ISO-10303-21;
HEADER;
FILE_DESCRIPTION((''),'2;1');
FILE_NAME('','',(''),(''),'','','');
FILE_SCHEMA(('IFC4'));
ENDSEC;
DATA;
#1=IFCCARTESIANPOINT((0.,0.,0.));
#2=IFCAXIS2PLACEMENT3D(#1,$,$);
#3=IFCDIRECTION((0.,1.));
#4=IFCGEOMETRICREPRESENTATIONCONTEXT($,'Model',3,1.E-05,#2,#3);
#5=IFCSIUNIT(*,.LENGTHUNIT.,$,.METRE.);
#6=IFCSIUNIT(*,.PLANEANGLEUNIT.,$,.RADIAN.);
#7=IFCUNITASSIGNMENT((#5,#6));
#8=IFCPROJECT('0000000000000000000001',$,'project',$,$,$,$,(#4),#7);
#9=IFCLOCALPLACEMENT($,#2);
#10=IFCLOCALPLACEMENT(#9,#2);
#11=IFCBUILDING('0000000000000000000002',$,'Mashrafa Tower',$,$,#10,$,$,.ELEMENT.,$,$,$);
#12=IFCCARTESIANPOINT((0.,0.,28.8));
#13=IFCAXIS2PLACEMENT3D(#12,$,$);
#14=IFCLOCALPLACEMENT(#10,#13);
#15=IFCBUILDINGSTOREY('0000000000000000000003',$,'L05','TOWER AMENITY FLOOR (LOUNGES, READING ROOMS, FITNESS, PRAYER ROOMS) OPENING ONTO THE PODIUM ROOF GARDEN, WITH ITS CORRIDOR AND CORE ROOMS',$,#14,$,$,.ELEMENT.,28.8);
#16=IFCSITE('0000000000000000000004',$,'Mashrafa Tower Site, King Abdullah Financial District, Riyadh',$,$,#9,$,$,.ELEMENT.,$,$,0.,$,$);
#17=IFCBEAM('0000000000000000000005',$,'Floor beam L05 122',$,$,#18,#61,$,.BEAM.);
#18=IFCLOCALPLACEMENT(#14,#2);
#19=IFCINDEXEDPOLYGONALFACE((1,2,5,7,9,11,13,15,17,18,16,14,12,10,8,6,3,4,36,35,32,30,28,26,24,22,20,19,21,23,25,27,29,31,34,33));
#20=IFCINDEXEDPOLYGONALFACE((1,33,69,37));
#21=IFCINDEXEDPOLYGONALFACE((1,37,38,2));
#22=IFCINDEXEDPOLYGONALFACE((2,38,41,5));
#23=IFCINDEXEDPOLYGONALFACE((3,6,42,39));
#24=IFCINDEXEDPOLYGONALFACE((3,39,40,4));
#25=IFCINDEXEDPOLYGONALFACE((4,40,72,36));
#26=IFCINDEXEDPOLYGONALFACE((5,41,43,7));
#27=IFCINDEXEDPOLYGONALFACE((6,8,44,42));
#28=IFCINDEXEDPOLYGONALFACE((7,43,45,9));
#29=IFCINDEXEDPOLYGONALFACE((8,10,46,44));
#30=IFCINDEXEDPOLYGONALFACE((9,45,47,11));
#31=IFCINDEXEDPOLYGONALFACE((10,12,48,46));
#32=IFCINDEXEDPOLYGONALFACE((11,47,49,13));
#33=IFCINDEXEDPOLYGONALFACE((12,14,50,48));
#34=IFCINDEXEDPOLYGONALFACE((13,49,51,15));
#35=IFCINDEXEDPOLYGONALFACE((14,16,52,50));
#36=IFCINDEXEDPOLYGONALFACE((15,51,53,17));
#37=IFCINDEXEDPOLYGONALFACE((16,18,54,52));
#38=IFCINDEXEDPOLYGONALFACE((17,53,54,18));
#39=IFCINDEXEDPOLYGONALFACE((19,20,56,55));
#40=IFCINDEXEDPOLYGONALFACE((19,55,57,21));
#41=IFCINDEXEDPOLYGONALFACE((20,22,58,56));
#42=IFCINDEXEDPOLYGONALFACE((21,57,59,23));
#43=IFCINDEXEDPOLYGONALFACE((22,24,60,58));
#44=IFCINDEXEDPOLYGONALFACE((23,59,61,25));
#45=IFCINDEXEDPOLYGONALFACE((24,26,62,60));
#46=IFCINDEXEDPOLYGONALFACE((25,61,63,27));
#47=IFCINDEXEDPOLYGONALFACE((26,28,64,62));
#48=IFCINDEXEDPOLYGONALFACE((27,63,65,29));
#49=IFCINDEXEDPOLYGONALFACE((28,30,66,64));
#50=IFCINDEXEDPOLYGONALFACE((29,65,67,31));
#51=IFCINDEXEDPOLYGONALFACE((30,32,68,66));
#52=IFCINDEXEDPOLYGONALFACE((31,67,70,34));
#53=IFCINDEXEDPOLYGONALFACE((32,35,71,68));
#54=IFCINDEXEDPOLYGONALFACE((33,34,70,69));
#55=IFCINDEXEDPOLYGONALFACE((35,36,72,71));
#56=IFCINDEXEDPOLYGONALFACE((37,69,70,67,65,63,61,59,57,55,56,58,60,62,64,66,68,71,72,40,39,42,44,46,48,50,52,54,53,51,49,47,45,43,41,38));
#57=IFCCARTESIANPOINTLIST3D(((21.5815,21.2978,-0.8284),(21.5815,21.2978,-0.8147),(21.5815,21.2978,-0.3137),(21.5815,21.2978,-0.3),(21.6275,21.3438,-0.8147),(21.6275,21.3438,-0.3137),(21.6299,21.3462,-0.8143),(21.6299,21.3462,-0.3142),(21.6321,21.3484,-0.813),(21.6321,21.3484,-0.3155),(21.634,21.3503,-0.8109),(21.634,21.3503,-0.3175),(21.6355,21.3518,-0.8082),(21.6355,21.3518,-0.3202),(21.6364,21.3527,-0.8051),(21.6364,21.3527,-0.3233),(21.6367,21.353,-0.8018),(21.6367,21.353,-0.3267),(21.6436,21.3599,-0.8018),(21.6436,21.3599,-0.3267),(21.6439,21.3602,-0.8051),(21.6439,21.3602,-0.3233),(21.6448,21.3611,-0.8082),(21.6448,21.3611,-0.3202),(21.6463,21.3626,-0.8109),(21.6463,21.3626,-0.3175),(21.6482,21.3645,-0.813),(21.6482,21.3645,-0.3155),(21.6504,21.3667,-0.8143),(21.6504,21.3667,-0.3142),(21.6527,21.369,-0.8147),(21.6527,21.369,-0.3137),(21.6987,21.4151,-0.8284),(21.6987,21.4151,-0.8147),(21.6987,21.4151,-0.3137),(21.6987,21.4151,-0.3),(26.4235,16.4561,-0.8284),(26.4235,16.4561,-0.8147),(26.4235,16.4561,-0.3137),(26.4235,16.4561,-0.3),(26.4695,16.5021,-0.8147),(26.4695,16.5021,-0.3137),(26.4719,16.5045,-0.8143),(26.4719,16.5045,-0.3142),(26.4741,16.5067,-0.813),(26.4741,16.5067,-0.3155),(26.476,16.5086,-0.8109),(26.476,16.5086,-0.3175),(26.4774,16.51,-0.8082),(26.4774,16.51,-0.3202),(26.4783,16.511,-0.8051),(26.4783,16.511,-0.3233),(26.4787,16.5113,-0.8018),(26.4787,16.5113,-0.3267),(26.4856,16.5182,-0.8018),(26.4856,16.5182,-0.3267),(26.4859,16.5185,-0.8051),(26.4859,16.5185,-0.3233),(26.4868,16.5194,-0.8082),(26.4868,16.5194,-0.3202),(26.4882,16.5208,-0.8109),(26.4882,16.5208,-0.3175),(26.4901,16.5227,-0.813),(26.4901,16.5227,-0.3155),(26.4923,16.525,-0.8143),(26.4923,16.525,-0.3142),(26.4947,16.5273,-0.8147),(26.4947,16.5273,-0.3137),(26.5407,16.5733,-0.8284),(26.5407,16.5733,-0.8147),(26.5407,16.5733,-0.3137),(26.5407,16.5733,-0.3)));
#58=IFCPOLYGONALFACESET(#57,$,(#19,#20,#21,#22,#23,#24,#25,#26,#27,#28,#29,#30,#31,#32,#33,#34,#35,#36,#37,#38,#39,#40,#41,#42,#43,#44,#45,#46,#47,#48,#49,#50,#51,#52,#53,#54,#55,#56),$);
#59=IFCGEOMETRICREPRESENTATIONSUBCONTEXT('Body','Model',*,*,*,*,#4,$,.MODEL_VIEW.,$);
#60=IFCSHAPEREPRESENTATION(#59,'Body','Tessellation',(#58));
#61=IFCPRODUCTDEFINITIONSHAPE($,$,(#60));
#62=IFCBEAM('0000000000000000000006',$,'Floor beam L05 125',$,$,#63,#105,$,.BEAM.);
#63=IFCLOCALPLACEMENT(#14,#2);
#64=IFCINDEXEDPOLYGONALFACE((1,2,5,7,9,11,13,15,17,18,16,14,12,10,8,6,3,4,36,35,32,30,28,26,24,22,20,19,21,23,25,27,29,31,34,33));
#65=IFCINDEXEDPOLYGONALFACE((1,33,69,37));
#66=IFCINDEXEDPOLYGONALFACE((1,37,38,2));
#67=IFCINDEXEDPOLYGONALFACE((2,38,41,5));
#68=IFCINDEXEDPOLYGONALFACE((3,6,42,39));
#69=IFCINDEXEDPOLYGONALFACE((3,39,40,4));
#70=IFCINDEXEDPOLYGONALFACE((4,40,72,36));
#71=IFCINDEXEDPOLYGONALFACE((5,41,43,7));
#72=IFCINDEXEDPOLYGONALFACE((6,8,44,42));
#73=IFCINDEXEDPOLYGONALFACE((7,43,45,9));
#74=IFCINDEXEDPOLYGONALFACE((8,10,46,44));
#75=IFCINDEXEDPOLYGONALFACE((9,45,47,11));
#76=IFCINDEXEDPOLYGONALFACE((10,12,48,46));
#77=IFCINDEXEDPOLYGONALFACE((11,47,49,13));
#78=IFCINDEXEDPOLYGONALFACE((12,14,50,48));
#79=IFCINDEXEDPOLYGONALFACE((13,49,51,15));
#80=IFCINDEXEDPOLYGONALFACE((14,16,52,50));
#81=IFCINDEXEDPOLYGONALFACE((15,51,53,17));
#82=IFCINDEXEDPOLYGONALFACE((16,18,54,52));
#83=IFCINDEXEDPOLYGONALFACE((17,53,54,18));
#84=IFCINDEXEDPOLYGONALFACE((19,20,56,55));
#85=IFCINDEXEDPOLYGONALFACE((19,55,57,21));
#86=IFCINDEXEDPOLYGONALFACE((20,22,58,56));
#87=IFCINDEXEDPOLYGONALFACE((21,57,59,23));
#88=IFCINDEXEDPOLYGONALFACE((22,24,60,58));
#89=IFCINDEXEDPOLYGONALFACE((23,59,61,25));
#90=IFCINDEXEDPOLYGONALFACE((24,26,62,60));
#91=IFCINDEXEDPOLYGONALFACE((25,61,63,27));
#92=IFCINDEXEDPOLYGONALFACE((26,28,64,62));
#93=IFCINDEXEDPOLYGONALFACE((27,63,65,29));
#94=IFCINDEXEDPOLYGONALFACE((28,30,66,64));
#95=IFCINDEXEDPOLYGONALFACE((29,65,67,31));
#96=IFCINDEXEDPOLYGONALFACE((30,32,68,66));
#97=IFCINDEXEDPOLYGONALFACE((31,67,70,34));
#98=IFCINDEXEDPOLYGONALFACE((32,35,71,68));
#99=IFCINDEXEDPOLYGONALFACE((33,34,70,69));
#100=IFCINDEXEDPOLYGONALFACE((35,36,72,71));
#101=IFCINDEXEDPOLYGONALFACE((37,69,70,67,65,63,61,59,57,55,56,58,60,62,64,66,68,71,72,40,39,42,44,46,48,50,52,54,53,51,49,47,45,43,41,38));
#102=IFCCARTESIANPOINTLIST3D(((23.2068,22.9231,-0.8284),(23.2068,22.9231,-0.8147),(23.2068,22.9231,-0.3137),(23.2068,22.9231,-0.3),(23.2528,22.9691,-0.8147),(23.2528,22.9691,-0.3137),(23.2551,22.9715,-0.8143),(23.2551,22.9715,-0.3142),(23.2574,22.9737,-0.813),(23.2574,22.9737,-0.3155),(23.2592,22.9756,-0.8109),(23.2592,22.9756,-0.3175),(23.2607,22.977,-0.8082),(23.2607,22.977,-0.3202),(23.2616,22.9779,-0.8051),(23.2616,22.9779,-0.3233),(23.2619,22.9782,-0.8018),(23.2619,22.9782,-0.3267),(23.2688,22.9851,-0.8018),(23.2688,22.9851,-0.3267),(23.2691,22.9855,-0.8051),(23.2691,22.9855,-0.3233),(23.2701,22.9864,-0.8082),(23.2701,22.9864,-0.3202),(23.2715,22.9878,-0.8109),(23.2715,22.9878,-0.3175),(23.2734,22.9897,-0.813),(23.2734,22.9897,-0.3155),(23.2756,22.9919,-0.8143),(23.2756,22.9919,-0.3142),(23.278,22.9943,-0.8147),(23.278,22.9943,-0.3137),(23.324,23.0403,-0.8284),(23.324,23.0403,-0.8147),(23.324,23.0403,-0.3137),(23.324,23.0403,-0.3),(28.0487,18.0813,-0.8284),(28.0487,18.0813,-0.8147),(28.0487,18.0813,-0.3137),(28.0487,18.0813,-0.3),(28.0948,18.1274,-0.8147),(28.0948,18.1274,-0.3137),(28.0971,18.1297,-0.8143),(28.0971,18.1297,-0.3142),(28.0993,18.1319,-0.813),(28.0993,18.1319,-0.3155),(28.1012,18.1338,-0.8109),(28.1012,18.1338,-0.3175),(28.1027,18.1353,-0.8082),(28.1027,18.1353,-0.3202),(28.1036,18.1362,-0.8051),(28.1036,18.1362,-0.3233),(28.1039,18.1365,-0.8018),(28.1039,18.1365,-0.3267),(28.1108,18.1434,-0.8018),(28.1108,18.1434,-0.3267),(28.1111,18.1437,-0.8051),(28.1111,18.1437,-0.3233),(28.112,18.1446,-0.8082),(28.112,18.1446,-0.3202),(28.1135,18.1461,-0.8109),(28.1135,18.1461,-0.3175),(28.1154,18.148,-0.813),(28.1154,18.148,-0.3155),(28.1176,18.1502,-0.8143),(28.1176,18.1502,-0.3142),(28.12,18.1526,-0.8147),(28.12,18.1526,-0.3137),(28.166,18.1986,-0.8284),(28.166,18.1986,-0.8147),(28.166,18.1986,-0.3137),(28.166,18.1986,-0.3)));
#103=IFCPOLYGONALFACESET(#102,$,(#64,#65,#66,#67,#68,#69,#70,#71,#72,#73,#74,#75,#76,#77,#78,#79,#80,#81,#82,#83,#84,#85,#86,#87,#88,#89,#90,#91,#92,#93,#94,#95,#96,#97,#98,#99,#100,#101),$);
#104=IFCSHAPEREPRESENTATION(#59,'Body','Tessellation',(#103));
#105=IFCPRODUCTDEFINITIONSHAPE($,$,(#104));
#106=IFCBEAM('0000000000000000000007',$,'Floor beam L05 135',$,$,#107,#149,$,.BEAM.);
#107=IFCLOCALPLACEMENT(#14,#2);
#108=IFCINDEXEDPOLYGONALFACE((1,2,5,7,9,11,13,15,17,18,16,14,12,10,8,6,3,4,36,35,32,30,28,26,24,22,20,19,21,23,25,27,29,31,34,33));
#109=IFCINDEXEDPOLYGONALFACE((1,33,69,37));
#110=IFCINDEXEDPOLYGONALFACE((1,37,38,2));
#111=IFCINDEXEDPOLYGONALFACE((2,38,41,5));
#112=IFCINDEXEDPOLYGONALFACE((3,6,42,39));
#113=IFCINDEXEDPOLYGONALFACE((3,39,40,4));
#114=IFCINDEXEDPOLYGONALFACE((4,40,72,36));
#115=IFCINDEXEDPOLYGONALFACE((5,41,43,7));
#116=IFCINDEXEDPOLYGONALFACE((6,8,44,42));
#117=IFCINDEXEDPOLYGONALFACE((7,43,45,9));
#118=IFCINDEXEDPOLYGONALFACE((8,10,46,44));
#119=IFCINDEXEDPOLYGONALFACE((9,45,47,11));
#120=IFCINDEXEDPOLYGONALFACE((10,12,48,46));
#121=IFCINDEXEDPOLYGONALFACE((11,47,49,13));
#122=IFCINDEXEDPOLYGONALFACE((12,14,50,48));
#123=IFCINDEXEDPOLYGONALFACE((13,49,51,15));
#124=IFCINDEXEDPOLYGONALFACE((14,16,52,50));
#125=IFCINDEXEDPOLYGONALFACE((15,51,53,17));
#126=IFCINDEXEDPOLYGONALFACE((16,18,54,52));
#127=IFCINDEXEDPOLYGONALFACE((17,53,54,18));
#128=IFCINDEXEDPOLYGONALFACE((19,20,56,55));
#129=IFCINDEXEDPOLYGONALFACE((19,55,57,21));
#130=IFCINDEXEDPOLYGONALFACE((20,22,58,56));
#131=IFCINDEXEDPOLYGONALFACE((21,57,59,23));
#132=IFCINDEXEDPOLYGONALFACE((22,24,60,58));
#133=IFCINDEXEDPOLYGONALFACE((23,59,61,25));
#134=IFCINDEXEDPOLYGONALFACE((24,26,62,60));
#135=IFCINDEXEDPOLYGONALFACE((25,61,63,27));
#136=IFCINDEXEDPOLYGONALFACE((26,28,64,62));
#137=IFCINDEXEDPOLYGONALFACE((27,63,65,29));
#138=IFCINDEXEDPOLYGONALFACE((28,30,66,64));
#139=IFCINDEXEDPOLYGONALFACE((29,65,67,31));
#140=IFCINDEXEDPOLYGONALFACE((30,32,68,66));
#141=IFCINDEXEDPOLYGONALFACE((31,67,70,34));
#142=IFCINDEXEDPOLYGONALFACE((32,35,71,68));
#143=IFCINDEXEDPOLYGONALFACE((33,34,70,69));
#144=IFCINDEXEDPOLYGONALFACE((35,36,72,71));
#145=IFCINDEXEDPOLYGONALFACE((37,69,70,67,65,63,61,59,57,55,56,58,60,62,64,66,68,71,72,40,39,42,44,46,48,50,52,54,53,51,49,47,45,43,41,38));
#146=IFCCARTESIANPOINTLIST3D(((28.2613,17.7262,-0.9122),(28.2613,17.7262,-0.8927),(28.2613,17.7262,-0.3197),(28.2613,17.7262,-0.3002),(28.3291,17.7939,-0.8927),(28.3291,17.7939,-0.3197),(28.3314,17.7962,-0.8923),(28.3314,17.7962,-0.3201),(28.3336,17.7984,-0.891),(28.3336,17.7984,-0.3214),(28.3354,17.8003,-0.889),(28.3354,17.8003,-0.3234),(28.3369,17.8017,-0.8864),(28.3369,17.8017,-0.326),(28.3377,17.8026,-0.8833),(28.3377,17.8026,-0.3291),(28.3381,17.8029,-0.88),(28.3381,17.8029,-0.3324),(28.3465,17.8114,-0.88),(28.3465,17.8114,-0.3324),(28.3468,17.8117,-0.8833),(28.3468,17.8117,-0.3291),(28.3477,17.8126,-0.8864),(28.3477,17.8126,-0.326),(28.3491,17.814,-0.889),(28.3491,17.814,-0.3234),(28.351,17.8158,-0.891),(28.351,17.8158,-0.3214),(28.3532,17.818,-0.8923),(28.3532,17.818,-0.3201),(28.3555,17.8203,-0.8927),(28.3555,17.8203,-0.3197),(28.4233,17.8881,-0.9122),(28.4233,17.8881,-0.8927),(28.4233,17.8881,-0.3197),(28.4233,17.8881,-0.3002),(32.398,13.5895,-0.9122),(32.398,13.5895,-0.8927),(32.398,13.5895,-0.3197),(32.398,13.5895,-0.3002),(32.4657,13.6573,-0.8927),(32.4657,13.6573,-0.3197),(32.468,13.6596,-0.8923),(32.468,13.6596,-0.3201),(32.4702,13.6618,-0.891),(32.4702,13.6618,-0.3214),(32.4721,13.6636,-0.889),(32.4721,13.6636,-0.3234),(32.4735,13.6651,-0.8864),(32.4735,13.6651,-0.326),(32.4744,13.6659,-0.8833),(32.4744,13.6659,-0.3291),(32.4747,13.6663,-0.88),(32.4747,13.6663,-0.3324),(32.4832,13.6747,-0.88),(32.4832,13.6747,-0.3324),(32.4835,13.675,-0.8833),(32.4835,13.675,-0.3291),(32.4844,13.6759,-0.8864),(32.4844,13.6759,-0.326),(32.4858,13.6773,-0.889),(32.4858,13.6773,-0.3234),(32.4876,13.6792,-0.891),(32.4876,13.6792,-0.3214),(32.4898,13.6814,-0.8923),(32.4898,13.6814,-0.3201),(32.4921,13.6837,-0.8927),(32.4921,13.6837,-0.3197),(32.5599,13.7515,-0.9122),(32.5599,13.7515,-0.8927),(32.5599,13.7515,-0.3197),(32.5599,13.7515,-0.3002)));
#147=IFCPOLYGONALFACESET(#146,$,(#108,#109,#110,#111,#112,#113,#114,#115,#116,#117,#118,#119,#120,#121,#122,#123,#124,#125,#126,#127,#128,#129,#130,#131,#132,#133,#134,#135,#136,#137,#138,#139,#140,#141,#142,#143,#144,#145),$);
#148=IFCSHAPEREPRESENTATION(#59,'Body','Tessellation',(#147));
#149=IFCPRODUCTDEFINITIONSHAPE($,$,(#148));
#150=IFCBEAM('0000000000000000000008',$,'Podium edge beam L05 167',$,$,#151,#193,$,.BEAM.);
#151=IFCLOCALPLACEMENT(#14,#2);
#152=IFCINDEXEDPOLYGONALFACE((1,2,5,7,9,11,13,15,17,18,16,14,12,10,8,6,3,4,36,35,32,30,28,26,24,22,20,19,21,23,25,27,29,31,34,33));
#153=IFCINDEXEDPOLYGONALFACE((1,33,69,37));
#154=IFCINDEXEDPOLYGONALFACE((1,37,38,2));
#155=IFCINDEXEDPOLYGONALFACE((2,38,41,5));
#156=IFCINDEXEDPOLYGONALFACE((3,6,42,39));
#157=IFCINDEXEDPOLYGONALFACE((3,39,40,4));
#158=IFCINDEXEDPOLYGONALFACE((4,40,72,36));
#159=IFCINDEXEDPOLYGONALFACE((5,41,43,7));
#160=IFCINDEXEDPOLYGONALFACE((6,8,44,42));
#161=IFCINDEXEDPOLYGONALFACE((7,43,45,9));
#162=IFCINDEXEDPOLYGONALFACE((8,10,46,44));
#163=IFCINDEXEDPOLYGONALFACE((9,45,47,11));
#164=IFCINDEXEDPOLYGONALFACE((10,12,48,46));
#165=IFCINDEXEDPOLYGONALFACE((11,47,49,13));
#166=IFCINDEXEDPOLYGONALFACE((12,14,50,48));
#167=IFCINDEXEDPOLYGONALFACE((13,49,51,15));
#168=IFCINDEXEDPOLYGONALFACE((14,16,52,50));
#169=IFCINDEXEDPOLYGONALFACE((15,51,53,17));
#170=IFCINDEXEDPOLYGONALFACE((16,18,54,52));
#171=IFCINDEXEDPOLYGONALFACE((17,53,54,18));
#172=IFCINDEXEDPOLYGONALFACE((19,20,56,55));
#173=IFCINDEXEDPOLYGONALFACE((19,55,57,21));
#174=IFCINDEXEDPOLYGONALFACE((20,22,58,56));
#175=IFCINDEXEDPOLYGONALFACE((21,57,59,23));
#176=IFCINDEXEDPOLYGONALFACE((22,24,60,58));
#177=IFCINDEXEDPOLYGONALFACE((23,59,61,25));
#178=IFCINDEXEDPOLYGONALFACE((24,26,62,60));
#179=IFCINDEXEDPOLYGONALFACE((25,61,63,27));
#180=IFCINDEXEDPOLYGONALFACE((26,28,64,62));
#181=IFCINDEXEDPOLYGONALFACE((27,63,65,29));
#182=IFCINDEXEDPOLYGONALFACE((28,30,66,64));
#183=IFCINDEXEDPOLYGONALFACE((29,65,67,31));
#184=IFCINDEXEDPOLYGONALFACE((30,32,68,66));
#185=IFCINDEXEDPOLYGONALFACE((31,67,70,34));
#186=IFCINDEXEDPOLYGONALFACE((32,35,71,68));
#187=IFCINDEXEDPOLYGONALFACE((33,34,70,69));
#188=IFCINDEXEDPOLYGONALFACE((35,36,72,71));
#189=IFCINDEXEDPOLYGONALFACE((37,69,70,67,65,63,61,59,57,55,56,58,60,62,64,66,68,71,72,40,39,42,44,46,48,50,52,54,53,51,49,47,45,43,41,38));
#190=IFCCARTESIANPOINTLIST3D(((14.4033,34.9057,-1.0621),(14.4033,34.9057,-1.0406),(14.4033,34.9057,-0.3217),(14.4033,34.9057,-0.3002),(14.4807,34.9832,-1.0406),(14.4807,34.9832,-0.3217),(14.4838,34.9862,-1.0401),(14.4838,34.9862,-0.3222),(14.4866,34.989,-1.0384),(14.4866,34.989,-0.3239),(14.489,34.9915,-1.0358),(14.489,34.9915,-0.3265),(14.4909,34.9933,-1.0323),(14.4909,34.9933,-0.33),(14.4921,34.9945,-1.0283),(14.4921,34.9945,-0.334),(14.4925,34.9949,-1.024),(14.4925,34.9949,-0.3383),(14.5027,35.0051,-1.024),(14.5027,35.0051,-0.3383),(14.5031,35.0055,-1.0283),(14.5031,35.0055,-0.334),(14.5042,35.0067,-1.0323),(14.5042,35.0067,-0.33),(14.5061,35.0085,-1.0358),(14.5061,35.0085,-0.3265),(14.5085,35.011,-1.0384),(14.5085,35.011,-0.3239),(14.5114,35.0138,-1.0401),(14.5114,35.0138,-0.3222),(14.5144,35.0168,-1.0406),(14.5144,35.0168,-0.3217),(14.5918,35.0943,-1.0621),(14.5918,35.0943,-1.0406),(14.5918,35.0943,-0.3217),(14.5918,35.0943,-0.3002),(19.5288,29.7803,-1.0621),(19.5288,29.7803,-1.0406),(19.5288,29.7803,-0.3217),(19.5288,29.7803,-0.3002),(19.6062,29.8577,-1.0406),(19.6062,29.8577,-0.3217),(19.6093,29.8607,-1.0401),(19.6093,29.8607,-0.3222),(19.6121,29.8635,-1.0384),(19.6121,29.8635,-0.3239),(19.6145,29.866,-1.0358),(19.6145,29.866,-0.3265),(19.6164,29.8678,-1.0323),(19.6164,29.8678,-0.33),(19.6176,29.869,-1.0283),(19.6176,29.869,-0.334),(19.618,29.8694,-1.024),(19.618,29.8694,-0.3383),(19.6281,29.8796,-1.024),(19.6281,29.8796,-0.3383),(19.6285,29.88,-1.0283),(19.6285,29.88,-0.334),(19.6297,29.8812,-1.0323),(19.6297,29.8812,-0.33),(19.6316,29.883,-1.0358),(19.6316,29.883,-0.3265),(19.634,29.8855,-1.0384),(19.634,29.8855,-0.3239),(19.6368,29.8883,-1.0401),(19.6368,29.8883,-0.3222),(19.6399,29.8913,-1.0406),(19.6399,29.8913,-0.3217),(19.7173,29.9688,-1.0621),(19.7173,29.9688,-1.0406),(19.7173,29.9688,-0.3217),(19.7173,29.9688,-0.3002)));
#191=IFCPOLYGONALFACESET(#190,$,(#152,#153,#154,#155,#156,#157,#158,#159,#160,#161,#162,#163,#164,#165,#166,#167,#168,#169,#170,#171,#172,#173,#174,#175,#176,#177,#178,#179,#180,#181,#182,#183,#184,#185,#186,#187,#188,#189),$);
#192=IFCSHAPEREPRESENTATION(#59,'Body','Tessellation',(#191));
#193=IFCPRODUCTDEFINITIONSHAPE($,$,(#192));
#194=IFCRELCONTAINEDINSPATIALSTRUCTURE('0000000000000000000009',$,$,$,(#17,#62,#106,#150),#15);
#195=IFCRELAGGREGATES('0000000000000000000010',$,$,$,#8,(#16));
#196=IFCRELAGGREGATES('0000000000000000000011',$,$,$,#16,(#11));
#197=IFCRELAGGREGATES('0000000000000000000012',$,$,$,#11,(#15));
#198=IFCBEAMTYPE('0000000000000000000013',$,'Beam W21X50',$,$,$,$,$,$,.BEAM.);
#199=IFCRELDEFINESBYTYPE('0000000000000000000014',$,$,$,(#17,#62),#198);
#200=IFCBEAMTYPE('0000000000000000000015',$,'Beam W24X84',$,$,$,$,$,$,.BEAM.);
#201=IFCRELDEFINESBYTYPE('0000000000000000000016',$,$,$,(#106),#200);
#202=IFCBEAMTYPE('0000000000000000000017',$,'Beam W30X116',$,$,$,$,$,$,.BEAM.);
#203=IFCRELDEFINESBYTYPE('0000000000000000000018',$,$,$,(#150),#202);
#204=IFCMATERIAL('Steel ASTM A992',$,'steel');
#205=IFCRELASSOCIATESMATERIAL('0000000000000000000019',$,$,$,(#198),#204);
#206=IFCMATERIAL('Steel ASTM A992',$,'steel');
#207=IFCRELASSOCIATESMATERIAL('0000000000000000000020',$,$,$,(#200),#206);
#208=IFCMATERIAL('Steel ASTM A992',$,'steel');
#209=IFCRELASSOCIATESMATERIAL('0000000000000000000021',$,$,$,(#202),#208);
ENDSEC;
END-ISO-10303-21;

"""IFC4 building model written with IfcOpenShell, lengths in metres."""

from ifc_helpers import new_model, si_unit, direction, frame, origin, origin_2d, place, context, subcontext, project, spatial, i_section, extrude, material, material_profile, profile_set, type_object, element, save


model = new_model("IFC4")

# Units and contexts
model_context = context("Model", 3, precision=1e-05, world=origin(), true_north=direction((0.0, 1.0)))
body_context = subcontext(model_context, "Body", "Model", "MODEL_VIEW")
ifc_project = project(units=[si_unit("LENGTHUNIT", "METRE"), si_unit("PLANEANGLEUNIT", "RADIAN")], contexts=[model_context])

# Site, building, storey
site_placement = place(None, origin())
site = spatial("IfcSite", under=ifc_project, at=site_placement, Name="Mashrafa Tower Site, King Abdullah Financial District, Riyadh", CompositionType="ELEMENT", RefElevation=0.0)
building_placement = place(site_placement, origin())
building = spatial("IfcBuilding", under=site, at=building_placement, Name="Mashrafa Tower", CompositionType="ELEMENT")
storey_placement = place(building_placement, frame((0.0, 0.0, 28.8)))
storey = spatial("IfcBuildingStorey", under=building, at=storey_placement, Name="L05", Description="TOWER AMENITY FLOOR (LOUNGES, READING ROOMS, FITNESS, PRAYER ROOMS) OPENING ONTO THE PODIUM ROOF GARDEN, WITH ITS CORRIDOR AND CORE ROOMS", CompositionType="ELEMENT", Elevation=28.8)

# Beams
ifc_material_1 = material(Name="Steel ASTM A992", Category="steel")
ifc_material_profile_1 = material_profile(ifc_material_1, i_section(OverallWidth=0.1658, OverallDepth=0.5283, WebThickness=0.0098, FlangeThickness=0.0137, FilletRadius=0.0129, at=origin_2d()), Name="W21X50")
ifc_profile_set_1 = profile_set([ifc_material_profile_1], Name="Steel ASTM A992")
beam_type_1 = type_object("IfcBeamType", Name="Beam W21X50", PredefinedType="BEAM", material=ifc_profile_set_1)
for number, where, z_axis, x_axis, name in (
    (1, (21.6401, 21.3564, -0.5642), (0.707125, -0.707089, 0.0), (0.707089, 0.707125, 0.0), "Floor beam L05 122"),
    (2, (23.2654, 22.9817, -0.5642), (0.707125, -0.707089, 0.0), (0.707089, 0.707125, 0.0), "Floor beam L05 125"),
):
    element("IfcBeam", number, at=place(storey_placement, frame(where, z_axis=z_axis, x_axis=x_axis)), inside=storey, type_object=beam_type_1, Name=name, PredefinedType="BEAM", context=body_context, shape_type="SweptSolid", body=[
        extrude(i_section(OverallWidth=0.1658, OverallDepth=0.5283, WebThickness=0.0098, FlangeThickness=0.0137, FilletRadius=0.0129, at=origin_2d()), origin(), (0.0, 0.0, 1.0), 6.8474),
    ])
ifc_material_2 = material(Name="Steel ASTM A992", Category="steel")
ifc_material_profile_2 = material_profile(ifc_material_2, i_section(OverallWidth=0.229, OverallDepth=0.6121, WebThickness=0.012, FlangeThickness=0.0195, FilletRadius=0.0127, at=origin_2d()), Name="W24X84")
ifc_profile_set_2 = profile_set([ifc_material_profile_2], Name="Steel ASTM A992")
beam_type_2 = type_object("IfcBeamType", Name="Beam W24X84", PredefinedType="BEAM", material=ifc_profile_set_2)
beam_1_placement = place(storey_placement, frame((28.3423, 17.8071, -0.6062), z_axis=(0.707107, -0.707107, 0.0), x_axis=(0.707107, 0.707107, 0.0)))
element("IfcBeam", 3, at=beam_1_placement, inside=storey, type_object=beam_type_2, Name="Floor beam L05 135", PredefinedType="BEAM", context=body_context, shape_type="SweptSolid", body=[
    extrude(i_section(OverallWidth=0.229, OverallDepth=0.6121, WebThickness=0.012, FlangeThickness=0.0195, FilletRadius=0.0127, at=origin_2d()), origin(), (0.0, 0.0, 1.0), 5.8501),
])
ifc_material_3 = material(Name="Steel ASTM A992", Category="steel")
ifc_material_profile_3 = material_profile(ifc_material_3, i_section(OverallWidth=0.2666, OverallDepth=0.762, WebThickness=0.0144, FlangeThickness=0.0215, FilletRadius=0.0166, at=origin_2d()), Name="W30X116")
ifc_profile_set_3 = profile_set([ifc_material_profile_3], Name="Steel ASTM A992")
beam_type_3 = type_object("IfcBeamType", Name="Beam W30X116", PredefinedType="BEAM", material=ifc_profile_set_3)
beam_2_placement = place(storey_placement, frame((19.623, 29.8745, -0.6812), z_axis=(-0.707107, 0.707107, 0.0), x_axis=(-0.707107, -0.707107, 0.0)))
element("IfcBeam", 4, at=beam_2_placement, inside=storey, type_object=beam_type_3, Name="Podium edge beam L05 167", PredefinedType="BEAM", context=body_context, shape_type="SweptSolid", body=[
    extrude(i_section(OverallWidth=0.2666, OverallDepth=0.762, WebThickness=0.0144, FlangeThickness=0.0215, FilletRadius=0.0166, at=origin_2d()), origin(), (0.0, 0.0, 1.0), 7.2485),
])

save(model, "model.ifc")
